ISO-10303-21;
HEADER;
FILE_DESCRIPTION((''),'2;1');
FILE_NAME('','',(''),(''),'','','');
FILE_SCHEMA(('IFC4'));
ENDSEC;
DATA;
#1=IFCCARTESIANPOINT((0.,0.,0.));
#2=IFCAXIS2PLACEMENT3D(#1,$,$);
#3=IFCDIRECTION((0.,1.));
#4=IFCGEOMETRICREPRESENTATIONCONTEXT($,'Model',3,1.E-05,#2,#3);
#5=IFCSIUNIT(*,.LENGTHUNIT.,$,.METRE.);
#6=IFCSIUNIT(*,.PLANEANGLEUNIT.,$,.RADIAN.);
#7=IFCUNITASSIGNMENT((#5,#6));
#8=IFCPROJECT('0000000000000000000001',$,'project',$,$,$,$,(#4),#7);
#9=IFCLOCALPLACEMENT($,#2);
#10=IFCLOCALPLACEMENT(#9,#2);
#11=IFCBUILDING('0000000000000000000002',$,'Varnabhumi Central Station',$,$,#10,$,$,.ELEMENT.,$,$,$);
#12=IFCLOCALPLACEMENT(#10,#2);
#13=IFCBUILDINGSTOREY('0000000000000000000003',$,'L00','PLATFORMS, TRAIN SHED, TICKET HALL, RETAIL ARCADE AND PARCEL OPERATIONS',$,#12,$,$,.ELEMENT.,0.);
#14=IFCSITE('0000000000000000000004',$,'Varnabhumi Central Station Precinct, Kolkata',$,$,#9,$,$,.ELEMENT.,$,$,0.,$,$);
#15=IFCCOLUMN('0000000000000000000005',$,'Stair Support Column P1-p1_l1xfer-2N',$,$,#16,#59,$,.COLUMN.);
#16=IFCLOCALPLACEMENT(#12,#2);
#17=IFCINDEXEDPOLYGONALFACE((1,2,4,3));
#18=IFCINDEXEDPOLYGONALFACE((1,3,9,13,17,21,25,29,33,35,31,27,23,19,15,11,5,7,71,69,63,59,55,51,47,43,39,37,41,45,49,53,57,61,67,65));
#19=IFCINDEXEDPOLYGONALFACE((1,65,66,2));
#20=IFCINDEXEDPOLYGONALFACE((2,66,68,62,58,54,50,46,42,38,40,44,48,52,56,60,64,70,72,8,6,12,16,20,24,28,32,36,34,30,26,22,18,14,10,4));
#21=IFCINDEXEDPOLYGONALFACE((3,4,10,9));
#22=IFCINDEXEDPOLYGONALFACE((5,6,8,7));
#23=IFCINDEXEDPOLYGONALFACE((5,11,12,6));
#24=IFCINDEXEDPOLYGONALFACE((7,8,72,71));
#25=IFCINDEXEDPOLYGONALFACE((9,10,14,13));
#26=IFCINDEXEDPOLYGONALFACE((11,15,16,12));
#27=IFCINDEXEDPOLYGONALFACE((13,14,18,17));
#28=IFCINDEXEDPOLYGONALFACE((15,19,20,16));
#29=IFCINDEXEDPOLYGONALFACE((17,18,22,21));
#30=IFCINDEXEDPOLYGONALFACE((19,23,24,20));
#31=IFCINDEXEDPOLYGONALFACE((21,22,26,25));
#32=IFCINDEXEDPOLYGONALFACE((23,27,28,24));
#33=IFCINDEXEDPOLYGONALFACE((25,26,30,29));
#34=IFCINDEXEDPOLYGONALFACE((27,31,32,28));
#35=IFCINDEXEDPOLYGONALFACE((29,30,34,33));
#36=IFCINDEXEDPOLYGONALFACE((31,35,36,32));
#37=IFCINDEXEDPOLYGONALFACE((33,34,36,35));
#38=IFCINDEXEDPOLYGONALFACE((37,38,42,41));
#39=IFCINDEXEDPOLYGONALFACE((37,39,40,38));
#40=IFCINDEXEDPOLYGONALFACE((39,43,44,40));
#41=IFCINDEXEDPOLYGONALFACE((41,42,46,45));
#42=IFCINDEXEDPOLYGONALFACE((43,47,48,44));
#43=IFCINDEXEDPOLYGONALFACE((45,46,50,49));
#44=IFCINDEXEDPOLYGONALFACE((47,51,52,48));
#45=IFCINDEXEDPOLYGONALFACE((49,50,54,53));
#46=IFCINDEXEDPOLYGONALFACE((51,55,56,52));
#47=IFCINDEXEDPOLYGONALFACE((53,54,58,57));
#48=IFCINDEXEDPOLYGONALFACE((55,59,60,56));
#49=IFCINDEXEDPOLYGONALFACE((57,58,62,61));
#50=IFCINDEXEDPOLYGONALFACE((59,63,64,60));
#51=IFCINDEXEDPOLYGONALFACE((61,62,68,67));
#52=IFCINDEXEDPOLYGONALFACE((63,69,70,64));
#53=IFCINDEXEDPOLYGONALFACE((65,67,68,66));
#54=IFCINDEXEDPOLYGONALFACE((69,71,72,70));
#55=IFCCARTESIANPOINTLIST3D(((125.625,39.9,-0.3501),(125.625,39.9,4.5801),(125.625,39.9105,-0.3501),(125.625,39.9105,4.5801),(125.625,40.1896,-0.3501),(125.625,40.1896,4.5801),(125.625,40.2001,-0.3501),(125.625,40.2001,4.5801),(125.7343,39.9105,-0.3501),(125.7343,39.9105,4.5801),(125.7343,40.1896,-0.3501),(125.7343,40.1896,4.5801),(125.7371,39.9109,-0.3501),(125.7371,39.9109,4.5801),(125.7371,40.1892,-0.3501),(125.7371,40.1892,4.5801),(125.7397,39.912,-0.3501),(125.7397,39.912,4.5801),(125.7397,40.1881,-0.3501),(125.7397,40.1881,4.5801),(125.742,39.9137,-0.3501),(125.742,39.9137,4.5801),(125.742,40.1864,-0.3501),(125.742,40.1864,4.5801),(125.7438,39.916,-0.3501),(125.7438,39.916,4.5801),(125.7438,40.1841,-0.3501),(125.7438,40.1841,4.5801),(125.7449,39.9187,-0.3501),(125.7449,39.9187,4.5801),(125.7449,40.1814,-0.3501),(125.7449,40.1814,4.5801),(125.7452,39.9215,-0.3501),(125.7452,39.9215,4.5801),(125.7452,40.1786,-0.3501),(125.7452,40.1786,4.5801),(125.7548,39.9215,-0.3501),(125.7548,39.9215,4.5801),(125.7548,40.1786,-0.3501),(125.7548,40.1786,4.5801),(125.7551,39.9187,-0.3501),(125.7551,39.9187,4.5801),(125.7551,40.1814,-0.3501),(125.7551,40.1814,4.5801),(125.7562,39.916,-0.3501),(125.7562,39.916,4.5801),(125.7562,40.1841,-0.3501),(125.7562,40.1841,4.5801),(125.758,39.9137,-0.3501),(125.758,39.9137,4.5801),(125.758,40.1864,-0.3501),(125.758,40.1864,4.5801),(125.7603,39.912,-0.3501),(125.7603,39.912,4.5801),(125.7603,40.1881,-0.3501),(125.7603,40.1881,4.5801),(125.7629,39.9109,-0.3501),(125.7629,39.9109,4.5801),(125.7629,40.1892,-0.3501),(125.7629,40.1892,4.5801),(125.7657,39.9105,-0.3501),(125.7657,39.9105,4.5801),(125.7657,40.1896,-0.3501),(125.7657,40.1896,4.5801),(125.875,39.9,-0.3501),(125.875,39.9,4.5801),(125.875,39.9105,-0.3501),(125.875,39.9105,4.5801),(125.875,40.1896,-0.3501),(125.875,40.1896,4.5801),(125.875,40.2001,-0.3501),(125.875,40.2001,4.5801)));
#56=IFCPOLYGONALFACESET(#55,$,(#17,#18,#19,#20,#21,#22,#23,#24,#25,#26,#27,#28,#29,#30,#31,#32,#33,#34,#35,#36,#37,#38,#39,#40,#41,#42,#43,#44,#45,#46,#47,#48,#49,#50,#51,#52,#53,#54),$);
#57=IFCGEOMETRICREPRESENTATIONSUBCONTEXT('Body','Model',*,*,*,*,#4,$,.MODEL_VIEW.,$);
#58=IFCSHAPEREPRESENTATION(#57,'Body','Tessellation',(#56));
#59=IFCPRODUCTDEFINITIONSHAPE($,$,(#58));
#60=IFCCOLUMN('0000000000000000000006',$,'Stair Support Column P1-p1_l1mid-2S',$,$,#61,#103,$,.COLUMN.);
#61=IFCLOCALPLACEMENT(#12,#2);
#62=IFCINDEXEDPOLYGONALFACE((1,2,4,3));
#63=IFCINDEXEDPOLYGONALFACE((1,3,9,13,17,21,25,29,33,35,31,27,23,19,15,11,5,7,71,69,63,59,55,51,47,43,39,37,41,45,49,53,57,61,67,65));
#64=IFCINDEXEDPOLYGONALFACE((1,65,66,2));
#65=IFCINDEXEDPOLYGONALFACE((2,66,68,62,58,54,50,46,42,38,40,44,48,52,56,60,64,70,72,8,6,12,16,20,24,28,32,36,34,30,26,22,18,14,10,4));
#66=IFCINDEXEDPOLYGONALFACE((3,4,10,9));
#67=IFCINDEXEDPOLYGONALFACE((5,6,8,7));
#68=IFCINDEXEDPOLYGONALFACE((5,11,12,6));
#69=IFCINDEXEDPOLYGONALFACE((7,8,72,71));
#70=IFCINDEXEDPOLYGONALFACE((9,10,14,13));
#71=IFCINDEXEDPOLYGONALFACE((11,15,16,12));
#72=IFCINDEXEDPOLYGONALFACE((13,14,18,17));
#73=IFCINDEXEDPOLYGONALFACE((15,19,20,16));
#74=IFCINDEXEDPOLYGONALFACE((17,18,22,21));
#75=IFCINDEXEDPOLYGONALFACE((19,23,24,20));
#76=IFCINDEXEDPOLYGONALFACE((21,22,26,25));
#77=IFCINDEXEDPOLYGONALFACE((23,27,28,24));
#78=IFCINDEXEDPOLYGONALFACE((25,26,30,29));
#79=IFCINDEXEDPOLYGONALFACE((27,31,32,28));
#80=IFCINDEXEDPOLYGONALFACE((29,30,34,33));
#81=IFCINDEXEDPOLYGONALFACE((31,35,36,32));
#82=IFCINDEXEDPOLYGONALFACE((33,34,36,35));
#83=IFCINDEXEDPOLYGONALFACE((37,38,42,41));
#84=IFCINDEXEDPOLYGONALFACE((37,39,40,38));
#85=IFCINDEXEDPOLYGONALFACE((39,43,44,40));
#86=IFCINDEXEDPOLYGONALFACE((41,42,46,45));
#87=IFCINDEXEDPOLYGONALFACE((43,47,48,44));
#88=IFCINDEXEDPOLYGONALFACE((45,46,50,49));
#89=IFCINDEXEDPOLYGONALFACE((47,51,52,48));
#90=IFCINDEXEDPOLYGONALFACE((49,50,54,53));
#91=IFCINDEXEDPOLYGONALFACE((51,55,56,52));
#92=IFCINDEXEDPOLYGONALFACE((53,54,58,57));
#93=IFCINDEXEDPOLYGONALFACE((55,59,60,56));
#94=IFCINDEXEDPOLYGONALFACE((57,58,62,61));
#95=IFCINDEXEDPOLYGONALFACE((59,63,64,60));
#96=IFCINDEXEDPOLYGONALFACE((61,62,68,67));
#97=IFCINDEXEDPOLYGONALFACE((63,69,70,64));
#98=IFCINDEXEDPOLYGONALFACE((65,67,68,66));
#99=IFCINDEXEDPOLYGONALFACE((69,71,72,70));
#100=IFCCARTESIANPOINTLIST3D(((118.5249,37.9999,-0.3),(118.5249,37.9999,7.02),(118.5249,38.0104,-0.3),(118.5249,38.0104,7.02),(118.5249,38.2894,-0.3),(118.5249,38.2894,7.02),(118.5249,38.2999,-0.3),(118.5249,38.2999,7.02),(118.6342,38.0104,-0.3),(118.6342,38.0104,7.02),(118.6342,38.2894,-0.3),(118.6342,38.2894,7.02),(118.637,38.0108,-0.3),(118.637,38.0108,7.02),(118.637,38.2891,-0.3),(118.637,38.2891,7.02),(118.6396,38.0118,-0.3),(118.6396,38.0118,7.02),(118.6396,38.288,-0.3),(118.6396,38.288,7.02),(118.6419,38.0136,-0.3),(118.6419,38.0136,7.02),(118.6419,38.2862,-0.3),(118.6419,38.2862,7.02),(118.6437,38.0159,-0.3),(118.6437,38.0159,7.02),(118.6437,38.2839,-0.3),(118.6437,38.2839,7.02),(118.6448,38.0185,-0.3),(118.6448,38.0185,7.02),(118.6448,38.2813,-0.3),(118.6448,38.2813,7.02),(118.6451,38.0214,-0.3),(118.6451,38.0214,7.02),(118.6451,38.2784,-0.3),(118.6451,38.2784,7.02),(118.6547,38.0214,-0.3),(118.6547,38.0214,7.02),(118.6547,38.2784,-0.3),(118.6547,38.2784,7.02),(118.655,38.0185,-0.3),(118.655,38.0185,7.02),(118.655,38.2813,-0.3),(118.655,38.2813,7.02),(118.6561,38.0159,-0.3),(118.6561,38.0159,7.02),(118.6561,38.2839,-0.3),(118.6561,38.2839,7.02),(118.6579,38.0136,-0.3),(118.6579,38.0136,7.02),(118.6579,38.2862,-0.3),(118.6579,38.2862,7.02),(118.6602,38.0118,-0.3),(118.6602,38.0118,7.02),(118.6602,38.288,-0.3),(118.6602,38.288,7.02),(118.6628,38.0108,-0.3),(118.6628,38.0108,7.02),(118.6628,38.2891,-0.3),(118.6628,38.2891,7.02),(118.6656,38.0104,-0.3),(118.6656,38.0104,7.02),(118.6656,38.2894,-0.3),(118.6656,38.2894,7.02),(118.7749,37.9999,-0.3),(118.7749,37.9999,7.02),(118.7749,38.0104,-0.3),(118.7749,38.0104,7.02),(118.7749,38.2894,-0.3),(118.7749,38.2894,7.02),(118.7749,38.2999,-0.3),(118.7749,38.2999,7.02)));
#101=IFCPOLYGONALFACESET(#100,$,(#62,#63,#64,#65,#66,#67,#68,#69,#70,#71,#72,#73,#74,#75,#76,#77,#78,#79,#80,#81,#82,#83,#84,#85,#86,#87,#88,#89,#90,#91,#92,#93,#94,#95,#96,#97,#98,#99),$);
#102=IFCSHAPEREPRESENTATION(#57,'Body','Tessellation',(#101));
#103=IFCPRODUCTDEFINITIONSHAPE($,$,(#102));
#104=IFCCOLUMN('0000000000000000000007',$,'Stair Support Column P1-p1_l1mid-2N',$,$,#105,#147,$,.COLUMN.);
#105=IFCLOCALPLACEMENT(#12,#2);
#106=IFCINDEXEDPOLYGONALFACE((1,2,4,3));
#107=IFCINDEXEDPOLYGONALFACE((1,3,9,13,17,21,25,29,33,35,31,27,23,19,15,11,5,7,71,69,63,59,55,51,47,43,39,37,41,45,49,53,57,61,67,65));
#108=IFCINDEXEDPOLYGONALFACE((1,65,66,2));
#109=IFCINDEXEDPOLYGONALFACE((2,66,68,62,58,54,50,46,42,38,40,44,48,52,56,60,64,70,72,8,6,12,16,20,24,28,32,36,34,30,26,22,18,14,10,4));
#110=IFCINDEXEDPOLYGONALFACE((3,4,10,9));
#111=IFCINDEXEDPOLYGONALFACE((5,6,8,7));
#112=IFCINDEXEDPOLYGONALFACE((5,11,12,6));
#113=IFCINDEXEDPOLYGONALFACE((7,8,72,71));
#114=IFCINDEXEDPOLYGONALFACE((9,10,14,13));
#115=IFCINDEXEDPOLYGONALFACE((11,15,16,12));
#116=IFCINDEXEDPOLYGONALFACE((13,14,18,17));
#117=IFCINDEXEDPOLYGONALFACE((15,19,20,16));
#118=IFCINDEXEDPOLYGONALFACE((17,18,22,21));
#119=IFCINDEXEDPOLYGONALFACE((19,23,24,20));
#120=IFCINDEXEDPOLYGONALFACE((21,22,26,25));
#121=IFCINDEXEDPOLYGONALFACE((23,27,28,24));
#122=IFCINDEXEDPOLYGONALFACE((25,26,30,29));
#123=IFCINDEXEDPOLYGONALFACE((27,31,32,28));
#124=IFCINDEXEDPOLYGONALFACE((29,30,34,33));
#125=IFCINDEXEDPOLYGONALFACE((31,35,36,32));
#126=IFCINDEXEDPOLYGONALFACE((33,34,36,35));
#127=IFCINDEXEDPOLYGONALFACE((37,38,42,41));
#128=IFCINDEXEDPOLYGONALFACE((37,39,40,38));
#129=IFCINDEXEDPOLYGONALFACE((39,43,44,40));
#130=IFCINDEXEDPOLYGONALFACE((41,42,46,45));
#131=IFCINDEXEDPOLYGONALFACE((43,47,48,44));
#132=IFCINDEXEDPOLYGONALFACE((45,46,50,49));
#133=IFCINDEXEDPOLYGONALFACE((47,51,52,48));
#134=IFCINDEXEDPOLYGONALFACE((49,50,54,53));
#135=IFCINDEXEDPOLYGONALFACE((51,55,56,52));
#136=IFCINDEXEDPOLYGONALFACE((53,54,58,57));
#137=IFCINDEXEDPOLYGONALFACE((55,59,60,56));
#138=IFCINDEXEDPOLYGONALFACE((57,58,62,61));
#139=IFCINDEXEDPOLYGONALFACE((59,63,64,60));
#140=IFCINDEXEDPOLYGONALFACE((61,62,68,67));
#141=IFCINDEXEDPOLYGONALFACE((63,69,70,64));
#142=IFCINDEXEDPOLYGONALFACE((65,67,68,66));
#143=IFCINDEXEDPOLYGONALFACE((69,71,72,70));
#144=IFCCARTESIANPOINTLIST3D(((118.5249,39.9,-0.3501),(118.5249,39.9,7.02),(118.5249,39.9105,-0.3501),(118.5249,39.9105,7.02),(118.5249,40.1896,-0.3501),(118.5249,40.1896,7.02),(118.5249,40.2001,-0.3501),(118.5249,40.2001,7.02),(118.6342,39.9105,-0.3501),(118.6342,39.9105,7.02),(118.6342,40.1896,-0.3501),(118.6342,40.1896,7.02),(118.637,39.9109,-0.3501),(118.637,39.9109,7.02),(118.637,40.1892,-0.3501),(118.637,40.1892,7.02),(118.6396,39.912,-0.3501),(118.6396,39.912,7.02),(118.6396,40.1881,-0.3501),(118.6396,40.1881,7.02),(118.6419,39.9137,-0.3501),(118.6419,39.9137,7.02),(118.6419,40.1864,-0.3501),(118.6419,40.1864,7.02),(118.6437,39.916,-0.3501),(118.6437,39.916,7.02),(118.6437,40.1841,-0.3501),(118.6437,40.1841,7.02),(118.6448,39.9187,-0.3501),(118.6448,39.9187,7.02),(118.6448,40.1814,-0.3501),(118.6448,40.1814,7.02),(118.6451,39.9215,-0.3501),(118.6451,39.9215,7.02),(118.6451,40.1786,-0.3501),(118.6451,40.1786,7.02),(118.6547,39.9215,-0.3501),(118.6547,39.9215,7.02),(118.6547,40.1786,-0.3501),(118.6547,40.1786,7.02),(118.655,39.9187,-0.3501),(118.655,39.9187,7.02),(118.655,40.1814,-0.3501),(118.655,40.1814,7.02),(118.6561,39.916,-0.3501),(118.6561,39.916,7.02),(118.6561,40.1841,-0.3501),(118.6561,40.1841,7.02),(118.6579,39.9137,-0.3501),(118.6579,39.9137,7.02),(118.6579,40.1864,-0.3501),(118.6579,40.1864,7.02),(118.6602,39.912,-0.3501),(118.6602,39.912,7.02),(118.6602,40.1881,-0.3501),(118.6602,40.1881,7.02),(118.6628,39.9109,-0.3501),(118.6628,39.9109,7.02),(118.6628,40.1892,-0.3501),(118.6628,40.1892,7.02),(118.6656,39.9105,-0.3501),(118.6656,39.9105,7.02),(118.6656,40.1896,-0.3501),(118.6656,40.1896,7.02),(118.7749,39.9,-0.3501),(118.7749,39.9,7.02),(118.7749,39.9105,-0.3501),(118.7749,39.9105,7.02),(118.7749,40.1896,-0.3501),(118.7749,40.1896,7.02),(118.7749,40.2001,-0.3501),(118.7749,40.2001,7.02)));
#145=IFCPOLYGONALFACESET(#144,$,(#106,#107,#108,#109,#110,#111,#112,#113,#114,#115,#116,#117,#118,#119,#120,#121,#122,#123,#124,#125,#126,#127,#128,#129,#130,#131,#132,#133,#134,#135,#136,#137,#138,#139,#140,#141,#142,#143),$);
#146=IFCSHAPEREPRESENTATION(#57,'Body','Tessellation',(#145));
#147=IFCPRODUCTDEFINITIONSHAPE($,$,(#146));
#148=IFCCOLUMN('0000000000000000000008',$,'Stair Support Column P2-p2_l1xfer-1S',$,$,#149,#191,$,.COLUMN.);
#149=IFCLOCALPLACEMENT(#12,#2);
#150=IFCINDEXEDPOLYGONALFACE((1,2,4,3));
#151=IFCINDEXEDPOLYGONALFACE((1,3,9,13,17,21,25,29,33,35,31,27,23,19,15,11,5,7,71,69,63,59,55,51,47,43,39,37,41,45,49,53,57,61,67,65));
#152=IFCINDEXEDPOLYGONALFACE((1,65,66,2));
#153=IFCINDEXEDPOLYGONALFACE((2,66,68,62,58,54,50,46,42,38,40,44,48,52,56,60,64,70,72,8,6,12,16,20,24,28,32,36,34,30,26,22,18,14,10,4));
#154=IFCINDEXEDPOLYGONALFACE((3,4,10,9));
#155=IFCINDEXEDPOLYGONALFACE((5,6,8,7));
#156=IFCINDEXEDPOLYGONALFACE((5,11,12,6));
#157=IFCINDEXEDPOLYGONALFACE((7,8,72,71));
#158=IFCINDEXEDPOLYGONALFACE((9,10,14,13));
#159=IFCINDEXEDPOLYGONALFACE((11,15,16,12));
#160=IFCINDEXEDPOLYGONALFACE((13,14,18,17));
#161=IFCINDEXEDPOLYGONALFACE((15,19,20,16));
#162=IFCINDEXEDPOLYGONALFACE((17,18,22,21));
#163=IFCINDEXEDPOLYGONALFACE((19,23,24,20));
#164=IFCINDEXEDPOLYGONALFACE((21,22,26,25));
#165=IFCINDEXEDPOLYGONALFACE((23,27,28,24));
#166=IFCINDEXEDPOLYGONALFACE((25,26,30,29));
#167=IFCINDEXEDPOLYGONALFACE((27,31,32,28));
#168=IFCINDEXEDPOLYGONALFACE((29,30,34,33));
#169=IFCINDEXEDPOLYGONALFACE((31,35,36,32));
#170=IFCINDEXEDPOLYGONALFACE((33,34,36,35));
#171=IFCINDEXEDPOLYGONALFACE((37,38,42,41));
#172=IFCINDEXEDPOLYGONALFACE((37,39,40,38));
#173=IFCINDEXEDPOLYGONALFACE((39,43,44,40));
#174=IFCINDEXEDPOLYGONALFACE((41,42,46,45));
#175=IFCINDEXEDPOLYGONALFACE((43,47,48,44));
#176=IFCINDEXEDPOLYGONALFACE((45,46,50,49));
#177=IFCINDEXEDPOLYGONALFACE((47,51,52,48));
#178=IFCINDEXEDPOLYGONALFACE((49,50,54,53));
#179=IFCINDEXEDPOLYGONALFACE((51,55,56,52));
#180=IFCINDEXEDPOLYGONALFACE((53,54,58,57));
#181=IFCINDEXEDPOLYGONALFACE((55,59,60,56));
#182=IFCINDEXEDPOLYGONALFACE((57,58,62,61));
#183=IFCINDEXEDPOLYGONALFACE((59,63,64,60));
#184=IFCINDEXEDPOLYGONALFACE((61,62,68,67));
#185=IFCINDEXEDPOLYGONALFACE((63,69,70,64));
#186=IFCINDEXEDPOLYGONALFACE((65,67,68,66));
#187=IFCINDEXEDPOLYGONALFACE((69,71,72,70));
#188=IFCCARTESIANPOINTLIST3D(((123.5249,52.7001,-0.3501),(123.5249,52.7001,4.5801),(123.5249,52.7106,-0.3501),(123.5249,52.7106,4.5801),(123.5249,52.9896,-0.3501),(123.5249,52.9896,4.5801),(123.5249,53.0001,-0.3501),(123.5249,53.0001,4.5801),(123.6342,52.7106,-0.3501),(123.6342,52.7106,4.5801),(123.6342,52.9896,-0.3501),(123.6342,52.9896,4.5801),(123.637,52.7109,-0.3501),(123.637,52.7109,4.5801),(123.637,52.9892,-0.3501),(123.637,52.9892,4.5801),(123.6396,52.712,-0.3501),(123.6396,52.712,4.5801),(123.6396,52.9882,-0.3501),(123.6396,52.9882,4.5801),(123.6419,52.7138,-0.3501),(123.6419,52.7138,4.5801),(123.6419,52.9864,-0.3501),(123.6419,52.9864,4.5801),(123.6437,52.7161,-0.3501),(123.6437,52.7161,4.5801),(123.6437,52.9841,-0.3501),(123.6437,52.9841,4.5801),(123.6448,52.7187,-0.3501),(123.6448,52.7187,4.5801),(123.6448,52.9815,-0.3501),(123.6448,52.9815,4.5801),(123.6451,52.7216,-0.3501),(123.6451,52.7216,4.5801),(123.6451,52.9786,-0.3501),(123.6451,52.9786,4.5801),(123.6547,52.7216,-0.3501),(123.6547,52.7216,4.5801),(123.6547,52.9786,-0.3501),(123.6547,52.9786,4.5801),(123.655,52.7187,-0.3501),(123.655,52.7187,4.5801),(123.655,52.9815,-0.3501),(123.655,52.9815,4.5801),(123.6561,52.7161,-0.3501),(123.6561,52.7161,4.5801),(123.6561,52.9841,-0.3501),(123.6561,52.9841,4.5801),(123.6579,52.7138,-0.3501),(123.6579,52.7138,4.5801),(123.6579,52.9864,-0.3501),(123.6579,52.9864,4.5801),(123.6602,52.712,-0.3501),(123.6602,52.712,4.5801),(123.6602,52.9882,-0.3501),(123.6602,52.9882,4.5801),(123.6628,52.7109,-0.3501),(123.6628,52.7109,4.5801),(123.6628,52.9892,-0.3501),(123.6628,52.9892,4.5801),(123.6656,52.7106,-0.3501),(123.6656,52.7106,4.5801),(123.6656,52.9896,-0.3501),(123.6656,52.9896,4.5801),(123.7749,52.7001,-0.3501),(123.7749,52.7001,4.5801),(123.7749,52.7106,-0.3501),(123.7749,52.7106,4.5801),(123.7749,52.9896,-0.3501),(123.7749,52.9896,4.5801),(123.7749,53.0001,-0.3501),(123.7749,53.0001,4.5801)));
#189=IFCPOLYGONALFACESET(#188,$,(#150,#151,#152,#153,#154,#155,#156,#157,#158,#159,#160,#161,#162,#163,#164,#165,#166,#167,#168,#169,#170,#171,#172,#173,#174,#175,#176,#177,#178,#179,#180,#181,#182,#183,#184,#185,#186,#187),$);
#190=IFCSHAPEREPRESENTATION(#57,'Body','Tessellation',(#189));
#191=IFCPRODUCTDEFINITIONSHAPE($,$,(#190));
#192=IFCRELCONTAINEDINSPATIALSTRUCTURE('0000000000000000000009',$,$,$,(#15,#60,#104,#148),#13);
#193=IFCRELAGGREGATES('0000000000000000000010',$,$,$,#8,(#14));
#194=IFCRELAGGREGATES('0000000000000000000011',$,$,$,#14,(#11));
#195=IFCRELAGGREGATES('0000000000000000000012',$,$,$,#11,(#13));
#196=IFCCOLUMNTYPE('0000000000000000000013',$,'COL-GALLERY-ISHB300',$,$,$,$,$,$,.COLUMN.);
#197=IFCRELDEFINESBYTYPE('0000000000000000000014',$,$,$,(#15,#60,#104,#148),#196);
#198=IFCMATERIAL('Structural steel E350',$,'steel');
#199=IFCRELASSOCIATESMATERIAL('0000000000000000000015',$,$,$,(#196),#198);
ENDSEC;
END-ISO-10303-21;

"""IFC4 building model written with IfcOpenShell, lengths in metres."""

from ifc_helpers import new_model, si_unit, direction, frame, origin, origin_2d, place, context, subcontext, project, spatial, i_section, extrude, material, material_profile, profile_set, type_object, element, save


model = new_model("IFC4")

# Units and contexts
model_context = context("Model", 3, precision=1e-05, world=origin(), true_north=direction((0.0, 1.0)))
body_context = subcontext(model_context, "Body", "Model", "MODEL_VIEW")
ifc_project = project(units=[si_unit("LENGTHUNIT", "METRE"), si_unit("PLANEANGLEUNIT", "RADIAN")], contexts=[model_context])

# Site, building, storey
site_placement = place(None, origin())
site = spatial("IfcSite", under=ifc_project, at=site_placement, Name="Varnabhumi Central Station Precinct, Kolkata", CompositionType="ELEMENT", RefElevation=0.0)
building_placement = place(site_placement, origin())
building = spatial("IfcBuilding", under=site, at=building_placement, Name="Varnabhumi Central Station", CompositionType="ELEMENT")
storey_placement = place(building_placement, origin())
storey = spatial("IfcBuildingStorey", under=building, at=storey_placement, Name="L00", Description="PLATFORMS, TRAIN SHED, TICKET HALL, RETAIL ARCADE AND PARCEL OPERATIONS", CompositionType="ELEMENT", Elevation=0.0)

# Columns
ifc_material_1 = material(Name="Structural steel E350", Category="steel")
ifc_material_profile_1 = material_profile(ifc_material_1, i_section(OverallWidth=0.25, OverallDepth=0.3, WebThickness=0.0095, FlangeThickness=0.0105, FilletRadius=0.011, at=origin_2d()), Name="Structural steel E350", Category="steel")
ifc_profile_set_1 = profile_set([ifc_material_profile_1], Name="Structural steel E350")
column_type = type_object("IfcColumnType", Name="COL-GALLERY-ISHB300", PredefinedType="COLUMN", material=ifc_profile_set_1)
column_1_placement = place(storey_placement, frame((125.75, 40.05, -0.3501), z_axis=(0.0, 0.0, 1.0), x_axis=(1.0, 0.0, 0.0)))
element("IfcColumn", 1, at=column_1_placement, inside=storey, type_object=column_type, Name="Stair Support Column P1-p1_l1xfer-2N", PredefinedType="COLUMN", context=body_context, shape_type="SweptSolid", body=[
    extrude(i_section(OverallWidth=0.25, OverallDepth=0.3, WebThickness=0.0095, FlangeThickness=0.0105, FilletRadius=0.011, at=origin_2d()), origin(), (0.0, 0.0, 1.0), 4.9302),
])
column_2_placement = place(storey_placement, frame((118.6499, 38.1499, -0.3), z_axis=(0.0, 0.0, 1.0), x_axis=(1.0, 0.0, 0.0)))
element("IfcColumn", 2, at=column_2_placement, inside=storey, type_object=column_type, Name="Stair Support Column P1-p1_l1mid-2S", PredefinedType="COLUMN", context=body_context, shape_type="SweptSolid", body=[
    extrude(i_section(OverallWidth=0.25, OverallDepth=0.3, WebThickness=0.0095, FlangeThickness=0.0105, FilletRadius=0.011, at=origin_2d()), origin(), (0.0, 0.0, 1.0), 7.3201),
])
column_3_placement = place(storey_placement, frame((118.6499, 40.05, -0.3501), z_axis=(0.0, 0.0, 1.0), x_axis=(1.0, 0.0, 0.0)))
element("IfcColumn", 3, at=column_3_placement, inside=storey, type_object=column_type, Name="Stair Support Column P1-p1_l1mid-2N", PredefinedType="COLUMN", context=body_context, shape_type="SweptSolid", body=[
    extrude(i_section(OverallWidth=0.25, OverallDepth=0.3, WebThickness=0.0095, FlangeThickness=0.0105, FilletRadius=0.011, at=origin_2d()), origin(), (0.0, 0.0, 1.0), 7.3701),
])
for number, where, z_axis, x_axis, name in (
    (4, (123.6499, 52.8501, -0.3501), (0.0, 0.0, 1.0), (1.0, 0.0, 0.0), "Stair Support Column P2-p2_l1xfer-1S"),
):
    element("IfcColumn", number, at=place(storey_placement, frame(where, z_axis=z_axis, x_axis=x_axis)), inside=storey, type_object=column_type, Name=name, PredefinedType="COLUMN", context=body_context, shape_type="SweptSolid", body=[
        extrude(i_section(OverallWidth=0.25, OverallDepth=0.3, WebThickness=0.0095, FlangeThickness=0.0105, FilletRadius=0.011, at=origin_2d()), origin(), (0.0, 0.0, 1.0), 4.9302),
    ])

save(model, "model.ifc")
